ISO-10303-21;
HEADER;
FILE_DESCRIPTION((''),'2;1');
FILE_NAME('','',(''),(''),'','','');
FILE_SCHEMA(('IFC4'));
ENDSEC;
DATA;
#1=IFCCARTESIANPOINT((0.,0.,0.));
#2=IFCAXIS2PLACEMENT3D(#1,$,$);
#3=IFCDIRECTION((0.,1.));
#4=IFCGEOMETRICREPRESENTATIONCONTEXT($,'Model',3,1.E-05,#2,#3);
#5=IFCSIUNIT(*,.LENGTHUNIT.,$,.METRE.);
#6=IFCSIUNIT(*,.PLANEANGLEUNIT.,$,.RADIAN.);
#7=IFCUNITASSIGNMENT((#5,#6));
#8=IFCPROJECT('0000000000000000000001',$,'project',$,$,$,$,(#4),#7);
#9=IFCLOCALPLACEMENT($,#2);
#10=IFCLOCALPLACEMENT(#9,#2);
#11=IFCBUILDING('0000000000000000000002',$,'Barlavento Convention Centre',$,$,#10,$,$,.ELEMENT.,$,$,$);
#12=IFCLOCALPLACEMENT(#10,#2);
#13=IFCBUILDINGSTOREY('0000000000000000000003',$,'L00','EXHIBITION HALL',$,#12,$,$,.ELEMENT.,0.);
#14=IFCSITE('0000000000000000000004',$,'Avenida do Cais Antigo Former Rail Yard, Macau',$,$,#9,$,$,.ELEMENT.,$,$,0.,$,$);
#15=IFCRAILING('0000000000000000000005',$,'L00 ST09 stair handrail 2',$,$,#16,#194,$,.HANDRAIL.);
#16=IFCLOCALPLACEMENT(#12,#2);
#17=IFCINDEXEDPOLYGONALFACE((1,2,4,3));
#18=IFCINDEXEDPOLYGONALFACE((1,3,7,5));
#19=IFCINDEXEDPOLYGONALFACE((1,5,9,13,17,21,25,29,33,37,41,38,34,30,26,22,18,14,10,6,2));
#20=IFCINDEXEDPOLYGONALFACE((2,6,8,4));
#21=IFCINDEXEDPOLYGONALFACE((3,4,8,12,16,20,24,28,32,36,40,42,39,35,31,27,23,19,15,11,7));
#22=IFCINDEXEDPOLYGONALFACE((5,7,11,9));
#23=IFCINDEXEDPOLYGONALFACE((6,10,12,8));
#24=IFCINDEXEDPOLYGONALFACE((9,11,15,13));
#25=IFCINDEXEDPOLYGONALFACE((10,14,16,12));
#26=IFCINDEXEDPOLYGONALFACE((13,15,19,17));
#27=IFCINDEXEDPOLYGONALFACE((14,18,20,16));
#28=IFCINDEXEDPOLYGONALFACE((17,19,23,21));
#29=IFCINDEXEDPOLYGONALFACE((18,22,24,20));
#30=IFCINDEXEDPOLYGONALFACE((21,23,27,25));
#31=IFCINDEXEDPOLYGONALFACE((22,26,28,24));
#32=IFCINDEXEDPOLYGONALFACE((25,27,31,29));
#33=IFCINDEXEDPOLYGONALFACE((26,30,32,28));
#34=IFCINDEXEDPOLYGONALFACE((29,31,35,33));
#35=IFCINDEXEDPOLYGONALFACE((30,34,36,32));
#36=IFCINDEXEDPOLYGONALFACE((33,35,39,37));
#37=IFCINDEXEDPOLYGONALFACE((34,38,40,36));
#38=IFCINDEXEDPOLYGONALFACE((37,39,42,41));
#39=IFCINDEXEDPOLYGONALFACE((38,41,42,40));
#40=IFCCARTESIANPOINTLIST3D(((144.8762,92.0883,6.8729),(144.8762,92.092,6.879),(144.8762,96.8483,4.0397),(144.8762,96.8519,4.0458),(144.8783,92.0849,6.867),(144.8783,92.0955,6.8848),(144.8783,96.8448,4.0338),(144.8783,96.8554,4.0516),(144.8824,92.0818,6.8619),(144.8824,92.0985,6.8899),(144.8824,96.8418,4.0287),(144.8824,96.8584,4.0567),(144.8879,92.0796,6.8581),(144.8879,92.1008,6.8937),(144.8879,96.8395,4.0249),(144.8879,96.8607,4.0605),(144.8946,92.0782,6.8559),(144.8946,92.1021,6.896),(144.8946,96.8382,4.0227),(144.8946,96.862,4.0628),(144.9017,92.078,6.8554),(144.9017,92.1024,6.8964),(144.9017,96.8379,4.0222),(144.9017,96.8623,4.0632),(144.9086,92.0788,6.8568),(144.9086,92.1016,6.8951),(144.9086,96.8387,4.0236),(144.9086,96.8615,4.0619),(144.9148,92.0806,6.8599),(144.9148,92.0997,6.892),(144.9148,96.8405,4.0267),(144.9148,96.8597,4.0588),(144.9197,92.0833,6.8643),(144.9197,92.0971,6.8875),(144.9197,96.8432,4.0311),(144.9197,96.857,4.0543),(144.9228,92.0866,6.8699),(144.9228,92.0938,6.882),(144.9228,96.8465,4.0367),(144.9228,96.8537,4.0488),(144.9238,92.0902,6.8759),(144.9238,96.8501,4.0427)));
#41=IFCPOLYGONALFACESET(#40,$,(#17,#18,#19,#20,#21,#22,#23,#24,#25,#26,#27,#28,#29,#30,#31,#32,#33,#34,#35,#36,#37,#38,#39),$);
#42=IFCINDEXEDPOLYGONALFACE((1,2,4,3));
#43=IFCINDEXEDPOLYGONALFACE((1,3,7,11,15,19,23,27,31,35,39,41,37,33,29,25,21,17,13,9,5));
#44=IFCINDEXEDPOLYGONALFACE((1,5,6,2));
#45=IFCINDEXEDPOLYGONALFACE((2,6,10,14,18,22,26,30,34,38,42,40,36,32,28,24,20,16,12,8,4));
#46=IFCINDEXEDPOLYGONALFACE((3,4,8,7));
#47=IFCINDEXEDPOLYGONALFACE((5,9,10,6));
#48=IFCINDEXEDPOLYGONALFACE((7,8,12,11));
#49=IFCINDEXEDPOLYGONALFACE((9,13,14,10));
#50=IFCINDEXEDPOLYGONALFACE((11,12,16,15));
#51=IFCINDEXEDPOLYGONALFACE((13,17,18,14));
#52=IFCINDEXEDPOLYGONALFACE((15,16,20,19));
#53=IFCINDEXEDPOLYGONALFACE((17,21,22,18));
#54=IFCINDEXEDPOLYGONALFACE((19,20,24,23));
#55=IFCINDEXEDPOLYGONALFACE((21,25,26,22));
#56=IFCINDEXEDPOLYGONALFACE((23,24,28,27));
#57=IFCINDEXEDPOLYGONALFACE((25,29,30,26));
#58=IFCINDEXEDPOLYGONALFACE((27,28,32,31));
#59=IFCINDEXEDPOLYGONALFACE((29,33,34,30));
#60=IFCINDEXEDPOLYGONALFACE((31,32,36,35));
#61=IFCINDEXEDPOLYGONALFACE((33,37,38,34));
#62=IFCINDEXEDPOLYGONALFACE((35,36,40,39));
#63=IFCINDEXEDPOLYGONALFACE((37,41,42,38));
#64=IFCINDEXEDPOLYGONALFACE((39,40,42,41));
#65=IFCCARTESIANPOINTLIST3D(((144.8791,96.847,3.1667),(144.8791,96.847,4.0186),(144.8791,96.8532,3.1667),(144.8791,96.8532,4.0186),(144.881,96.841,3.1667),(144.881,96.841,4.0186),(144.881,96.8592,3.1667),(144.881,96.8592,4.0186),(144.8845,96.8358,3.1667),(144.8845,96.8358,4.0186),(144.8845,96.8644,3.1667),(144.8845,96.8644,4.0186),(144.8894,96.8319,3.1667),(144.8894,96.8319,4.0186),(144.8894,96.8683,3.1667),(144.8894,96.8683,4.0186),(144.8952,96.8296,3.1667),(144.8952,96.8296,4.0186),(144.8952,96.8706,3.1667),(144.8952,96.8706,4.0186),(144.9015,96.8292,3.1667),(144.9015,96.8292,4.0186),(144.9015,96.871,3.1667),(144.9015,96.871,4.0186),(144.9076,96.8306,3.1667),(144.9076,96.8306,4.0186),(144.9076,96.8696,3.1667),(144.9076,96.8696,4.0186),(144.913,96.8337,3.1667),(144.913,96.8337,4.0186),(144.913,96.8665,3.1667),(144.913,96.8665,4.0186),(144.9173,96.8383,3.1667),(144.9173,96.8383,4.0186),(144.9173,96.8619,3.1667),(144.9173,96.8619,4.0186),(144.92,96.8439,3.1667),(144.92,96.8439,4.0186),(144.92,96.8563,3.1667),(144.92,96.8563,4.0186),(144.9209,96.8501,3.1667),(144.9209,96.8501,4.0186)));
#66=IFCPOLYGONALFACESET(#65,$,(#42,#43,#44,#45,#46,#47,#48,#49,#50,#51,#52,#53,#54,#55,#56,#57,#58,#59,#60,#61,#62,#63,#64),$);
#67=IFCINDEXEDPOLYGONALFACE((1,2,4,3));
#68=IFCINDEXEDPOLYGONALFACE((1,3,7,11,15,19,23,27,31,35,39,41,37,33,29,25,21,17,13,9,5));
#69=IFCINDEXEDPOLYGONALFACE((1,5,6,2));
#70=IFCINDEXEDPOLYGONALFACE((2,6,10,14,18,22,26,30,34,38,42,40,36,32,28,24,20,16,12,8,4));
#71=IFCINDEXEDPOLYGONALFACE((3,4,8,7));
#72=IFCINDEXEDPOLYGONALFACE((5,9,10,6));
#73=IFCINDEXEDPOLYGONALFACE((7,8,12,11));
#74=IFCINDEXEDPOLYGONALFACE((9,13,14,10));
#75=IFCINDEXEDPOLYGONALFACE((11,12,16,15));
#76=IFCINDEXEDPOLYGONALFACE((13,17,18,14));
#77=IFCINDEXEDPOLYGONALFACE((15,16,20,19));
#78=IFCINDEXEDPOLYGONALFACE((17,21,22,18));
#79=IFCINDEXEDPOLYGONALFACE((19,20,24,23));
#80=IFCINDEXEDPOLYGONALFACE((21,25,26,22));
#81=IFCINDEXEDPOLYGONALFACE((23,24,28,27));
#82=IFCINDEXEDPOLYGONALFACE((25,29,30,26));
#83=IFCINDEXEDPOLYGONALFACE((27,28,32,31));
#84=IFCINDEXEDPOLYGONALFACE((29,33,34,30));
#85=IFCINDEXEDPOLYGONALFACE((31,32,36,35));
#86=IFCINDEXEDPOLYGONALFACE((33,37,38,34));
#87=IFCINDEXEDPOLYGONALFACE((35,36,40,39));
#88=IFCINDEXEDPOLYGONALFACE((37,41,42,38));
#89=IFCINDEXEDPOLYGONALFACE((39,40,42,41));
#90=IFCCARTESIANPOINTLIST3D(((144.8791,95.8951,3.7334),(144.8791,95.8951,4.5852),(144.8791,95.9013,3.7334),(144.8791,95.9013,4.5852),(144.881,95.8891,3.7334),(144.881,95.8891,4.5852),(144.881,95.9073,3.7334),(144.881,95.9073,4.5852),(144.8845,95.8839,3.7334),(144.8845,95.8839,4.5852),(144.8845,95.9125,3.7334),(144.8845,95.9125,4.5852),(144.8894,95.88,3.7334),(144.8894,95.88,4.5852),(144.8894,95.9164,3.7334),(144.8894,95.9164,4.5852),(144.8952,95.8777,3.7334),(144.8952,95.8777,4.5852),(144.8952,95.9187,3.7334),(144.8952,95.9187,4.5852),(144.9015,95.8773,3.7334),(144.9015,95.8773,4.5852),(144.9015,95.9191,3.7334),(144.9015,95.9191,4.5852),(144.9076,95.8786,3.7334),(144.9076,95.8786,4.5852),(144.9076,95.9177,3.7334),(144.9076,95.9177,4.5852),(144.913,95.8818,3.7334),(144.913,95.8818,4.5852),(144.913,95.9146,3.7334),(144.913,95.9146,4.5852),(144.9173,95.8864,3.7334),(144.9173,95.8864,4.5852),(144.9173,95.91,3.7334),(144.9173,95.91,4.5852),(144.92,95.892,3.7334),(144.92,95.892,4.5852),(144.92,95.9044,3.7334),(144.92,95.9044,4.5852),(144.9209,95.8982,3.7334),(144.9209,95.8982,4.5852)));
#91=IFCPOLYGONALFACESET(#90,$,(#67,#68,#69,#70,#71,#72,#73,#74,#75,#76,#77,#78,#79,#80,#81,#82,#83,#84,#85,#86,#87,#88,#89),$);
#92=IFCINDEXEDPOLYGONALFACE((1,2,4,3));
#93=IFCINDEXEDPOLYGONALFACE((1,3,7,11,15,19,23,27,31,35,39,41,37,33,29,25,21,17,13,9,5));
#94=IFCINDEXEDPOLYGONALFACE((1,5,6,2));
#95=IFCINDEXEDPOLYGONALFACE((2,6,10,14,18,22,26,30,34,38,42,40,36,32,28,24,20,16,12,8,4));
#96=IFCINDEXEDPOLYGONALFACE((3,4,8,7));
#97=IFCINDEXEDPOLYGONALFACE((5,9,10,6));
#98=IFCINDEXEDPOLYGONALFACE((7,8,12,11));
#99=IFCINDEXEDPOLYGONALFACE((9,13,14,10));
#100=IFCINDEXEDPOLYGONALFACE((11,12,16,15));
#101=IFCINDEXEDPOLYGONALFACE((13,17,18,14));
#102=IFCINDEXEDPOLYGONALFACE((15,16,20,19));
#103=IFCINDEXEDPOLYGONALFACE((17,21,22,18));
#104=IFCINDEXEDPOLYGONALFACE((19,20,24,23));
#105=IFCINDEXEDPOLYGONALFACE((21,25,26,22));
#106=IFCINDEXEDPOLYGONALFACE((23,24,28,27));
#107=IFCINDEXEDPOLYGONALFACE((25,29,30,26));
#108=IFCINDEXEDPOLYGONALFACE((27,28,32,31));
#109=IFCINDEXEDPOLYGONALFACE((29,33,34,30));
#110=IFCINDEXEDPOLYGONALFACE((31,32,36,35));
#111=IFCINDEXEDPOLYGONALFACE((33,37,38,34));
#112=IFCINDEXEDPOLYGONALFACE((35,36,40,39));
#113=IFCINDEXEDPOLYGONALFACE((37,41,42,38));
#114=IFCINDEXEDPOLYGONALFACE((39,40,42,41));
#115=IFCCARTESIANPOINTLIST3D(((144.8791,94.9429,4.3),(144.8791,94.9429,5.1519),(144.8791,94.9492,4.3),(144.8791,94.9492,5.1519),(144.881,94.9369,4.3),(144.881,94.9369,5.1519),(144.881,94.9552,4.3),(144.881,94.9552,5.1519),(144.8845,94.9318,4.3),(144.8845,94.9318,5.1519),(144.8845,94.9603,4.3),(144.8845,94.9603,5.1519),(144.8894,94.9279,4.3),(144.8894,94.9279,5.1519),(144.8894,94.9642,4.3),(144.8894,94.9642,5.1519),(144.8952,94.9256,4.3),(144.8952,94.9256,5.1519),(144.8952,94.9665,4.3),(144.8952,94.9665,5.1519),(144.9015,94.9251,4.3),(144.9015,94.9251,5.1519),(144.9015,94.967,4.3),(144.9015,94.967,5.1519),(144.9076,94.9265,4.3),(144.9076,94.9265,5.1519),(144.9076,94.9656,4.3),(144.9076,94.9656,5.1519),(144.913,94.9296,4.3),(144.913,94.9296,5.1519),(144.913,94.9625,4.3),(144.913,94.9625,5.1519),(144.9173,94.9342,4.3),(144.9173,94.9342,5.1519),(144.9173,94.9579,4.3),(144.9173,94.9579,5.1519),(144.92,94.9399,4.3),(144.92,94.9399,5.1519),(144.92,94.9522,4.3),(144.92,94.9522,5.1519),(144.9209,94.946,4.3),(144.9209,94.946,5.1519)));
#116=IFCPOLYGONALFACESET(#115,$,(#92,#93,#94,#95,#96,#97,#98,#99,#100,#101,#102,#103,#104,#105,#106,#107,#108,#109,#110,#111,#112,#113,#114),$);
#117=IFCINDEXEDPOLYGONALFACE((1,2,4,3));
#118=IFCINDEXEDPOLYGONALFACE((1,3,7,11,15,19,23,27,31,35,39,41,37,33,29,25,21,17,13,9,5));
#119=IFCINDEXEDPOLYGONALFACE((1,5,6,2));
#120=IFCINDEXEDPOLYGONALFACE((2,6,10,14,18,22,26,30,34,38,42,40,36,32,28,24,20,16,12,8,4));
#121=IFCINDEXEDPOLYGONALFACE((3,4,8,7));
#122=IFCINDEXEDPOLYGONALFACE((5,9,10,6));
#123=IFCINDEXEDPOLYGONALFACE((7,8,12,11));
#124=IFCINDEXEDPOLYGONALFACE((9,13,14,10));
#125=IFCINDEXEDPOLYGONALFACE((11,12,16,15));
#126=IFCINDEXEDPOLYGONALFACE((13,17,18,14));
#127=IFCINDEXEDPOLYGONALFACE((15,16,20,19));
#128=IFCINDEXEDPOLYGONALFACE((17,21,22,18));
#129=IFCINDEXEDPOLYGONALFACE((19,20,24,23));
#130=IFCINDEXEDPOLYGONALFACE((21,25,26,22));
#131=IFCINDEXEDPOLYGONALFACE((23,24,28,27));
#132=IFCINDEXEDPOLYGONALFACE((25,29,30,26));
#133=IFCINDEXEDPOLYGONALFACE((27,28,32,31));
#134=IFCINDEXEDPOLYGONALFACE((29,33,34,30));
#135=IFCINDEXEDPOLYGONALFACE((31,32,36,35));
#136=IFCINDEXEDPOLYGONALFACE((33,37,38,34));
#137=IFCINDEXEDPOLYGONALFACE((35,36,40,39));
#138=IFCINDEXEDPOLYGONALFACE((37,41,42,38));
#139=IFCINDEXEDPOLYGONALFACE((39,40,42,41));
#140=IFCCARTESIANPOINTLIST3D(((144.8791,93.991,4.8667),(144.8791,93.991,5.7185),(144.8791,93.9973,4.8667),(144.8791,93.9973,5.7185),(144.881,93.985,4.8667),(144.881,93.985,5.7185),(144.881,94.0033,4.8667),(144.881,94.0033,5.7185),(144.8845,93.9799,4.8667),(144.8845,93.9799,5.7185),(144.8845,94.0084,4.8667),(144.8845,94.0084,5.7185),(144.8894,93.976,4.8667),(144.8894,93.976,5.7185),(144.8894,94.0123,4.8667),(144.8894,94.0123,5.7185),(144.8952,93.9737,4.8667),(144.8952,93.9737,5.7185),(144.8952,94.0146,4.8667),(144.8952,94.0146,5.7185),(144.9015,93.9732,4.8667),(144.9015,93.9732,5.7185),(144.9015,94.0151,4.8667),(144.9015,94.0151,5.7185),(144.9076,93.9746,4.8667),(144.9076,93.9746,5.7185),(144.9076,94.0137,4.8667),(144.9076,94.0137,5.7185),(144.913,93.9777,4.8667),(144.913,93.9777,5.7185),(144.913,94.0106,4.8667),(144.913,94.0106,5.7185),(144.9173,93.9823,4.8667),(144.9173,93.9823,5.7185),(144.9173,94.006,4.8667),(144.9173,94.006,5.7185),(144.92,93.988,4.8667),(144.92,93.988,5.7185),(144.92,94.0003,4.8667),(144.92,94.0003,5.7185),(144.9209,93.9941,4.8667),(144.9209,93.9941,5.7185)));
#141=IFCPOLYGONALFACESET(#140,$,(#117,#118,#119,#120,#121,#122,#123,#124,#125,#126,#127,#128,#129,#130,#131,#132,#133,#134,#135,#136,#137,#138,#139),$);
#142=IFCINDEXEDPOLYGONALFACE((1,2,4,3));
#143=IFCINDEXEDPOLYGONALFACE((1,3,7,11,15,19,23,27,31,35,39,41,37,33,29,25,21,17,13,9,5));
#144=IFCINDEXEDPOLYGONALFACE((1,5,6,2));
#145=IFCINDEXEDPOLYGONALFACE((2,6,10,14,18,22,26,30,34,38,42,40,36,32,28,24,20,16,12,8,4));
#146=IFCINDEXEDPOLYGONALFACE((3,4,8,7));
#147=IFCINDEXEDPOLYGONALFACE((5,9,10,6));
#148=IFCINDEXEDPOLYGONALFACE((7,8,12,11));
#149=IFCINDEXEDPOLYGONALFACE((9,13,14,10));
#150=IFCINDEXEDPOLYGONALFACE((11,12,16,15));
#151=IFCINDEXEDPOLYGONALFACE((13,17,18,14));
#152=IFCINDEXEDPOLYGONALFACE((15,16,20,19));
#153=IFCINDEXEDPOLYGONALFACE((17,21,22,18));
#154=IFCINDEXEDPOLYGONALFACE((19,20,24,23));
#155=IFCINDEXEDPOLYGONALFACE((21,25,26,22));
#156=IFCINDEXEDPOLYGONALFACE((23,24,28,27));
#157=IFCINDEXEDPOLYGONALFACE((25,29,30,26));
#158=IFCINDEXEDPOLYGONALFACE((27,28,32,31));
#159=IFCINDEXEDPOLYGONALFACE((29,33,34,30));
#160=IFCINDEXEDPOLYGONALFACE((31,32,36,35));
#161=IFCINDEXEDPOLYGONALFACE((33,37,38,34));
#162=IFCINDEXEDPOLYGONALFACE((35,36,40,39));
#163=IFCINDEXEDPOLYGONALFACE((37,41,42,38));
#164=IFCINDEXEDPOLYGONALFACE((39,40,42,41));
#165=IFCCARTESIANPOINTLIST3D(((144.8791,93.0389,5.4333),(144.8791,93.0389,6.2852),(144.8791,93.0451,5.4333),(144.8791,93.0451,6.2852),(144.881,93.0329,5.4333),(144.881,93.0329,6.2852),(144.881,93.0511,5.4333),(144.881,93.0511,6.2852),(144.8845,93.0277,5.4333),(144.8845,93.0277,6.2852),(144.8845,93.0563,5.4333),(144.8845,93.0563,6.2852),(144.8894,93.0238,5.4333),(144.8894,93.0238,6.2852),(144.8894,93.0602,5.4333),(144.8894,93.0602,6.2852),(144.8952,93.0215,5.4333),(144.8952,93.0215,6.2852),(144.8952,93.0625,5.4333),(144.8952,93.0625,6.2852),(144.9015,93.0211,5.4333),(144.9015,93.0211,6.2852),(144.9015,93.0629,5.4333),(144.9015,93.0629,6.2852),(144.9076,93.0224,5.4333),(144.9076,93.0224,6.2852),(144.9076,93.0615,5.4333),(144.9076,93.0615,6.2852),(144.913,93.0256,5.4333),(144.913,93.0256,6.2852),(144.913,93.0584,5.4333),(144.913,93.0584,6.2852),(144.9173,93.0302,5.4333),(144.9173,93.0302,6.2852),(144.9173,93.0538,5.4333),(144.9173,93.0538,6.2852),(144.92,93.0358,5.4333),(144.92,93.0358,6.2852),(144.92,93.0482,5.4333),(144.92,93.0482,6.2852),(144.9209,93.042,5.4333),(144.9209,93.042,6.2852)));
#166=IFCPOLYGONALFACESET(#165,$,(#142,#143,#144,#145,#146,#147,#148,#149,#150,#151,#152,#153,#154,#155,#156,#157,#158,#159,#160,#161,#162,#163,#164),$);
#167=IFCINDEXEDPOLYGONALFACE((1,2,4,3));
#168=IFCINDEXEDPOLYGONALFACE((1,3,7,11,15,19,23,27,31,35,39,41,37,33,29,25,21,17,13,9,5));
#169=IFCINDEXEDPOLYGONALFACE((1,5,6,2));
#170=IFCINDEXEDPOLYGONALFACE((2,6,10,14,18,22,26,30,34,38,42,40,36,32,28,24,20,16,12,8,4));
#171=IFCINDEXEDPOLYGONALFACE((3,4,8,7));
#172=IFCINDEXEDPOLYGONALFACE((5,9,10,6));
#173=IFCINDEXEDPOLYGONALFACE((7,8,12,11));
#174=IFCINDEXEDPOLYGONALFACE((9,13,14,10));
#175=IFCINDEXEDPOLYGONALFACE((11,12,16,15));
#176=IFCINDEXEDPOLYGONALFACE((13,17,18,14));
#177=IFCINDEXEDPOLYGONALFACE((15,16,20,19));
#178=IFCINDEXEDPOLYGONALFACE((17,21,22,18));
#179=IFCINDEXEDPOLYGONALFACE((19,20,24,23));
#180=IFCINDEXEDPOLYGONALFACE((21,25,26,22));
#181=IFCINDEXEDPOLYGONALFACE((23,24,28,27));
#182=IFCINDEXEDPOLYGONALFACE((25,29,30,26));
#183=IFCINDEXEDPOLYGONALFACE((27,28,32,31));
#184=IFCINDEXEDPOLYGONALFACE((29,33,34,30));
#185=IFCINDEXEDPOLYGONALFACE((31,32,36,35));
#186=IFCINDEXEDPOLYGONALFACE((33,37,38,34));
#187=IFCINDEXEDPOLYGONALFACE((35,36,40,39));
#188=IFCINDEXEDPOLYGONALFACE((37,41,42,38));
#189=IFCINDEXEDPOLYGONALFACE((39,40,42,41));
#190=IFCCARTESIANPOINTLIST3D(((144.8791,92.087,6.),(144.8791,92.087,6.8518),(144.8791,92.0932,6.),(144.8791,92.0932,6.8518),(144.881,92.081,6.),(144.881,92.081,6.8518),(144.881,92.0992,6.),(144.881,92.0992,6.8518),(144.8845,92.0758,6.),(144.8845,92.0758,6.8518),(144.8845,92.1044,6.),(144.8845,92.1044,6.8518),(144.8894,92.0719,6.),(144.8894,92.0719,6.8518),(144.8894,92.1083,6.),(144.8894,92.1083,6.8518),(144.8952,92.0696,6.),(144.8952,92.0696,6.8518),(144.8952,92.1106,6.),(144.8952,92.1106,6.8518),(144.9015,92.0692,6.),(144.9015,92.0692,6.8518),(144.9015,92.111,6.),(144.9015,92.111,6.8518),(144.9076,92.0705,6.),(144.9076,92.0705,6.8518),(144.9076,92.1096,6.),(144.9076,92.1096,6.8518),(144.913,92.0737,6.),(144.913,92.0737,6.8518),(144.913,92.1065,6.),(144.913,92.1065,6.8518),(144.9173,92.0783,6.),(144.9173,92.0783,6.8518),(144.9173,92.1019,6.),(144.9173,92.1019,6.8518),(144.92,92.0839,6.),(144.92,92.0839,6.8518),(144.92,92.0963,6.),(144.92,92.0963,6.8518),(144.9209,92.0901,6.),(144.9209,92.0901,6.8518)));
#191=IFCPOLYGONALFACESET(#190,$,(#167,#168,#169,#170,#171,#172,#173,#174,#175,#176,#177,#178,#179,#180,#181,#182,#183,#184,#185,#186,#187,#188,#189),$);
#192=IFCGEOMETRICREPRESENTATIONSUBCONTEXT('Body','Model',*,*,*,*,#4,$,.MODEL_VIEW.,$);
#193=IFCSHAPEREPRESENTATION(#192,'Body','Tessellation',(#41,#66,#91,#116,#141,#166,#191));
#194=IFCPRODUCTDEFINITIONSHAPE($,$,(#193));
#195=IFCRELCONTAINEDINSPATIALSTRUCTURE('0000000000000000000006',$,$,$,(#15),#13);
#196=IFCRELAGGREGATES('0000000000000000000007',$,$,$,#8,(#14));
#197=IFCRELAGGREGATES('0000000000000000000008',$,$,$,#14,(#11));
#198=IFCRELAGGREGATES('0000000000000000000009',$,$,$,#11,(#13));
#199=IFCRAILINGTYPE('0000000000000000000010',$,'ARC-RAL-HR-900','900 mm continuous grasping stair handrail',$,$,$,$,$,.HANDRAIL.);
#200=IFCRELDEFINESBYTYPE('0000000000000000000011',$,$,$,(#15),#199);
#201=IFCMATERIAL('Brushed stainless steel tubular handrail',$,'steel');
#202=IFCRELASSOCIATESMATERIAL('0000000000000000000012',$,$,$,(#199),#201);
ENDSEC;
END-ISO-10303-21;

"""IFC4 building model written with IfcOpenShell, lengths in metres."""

from ifc_helpers import new_model, si_unit, direction, frame, origin, origin_2d, place, context, subcontext, project, spatial, circle, extrude, material, type_object, element, save


model = new_model("IFC4")

# Units and contexts
model_context = context("Model", 3, precision=1e-05, world=origin(), true_north=direction((0.0, 1.0)))
body_context = subcontext(model_context, "Body", "Model", "MODEL_VIEW")
ifc_project = project(units=[si_unit("LENGTHUNIT", "METRE"), si_unit("PLANEANGLEUNIT", "RADIAN")], contexts=[model_context])

# Site, building, storey
site_placement = place(None, origin())
site = spatial("IfcSite", under=ifc_project, at=site_placement, Name="Avenida do Cais Antigo Former Rail Yard, Macau", CompositionType="ELEMENT", RefElevation=0.0)
building_placement = place(site_placement, origin())
building = spatial("IfcBuilding", under=site, at=building_placement, Name="Barlavento Convention Centre", CompositionType="ELEMENT")
storey_placement = place(building_placement, origin())
storey = spatial("IfcBuildingStorey", under=building, at=storey_placement, Name="L00", Description="EXHIBITION HALL", CompositionType="ELEMENT", Elevation=0.0)

# Railing
ifc_material_1 = material(Name="Brushed stainless steel tubular handrail", Category="steel")
railing_type_1 = type_object("IfcRailingType", Name="ARC-RAL-HR-900", Description="900 mm continuous grasping stair handrail", PredefinedType="HANDRAIL", material=ifc_material_1)
railing_1_placement = place(storey_placement, frame((144.8999, 96.8501, 3.1667)))
element("IfcRailing", 1, at=railing_1_placement, inside=storey, type_object=railing_type_1, Name="L00 ST09 stair handrail 2", PredefinedType="HANDRAIL", context=body_context, shape_type="SweptSolid", body=[
    extrude(circle(Radius=0.0239, at=origin_2d()), frame((0.0, 0.0, 0.876), z_axis=(0.0, -0.8593, 0.511472), x_axis=(1.0, 0.0, 0.0)), (0.0, 0.0, 1.0), 5.5393),
    extrude(circle(Radius=0.021, at=origin_2d()), origin(), (0.0, 0.0, 1.0), 0.8518),
    extrude(circle(Radius=0.021, at=origin_2d()), frame((0.0, -0.9519, 0.5667)), (0.0, 0.0, 1.0), 0.8518),
    extrude(circle(Radius=0.021, at=origin_2d()), frame((0.0, -1.9041, 1.1333)), (0.0, 0.0, 1.0), 0.8518),
    extrude(circle(Radius=0.021, at=origin_2d()), frame((0.0, -2.856, 1.7)), (0.0, 0.0, 1.0), 0.8518),
    extrude(circle(Radius=0.021, at=origin_2d()), frame((0.0, -3.8081, 2.2666)), (0.0, 0.0, 1.0), 0.8518),
    extrude(circle(Radius=0.021, at=origin_2d()), frame((0.0, -4.76, 2.8333)), (0.0, 0.0, 1.0), 0.8518),
])

save(model, "model.ifc")
